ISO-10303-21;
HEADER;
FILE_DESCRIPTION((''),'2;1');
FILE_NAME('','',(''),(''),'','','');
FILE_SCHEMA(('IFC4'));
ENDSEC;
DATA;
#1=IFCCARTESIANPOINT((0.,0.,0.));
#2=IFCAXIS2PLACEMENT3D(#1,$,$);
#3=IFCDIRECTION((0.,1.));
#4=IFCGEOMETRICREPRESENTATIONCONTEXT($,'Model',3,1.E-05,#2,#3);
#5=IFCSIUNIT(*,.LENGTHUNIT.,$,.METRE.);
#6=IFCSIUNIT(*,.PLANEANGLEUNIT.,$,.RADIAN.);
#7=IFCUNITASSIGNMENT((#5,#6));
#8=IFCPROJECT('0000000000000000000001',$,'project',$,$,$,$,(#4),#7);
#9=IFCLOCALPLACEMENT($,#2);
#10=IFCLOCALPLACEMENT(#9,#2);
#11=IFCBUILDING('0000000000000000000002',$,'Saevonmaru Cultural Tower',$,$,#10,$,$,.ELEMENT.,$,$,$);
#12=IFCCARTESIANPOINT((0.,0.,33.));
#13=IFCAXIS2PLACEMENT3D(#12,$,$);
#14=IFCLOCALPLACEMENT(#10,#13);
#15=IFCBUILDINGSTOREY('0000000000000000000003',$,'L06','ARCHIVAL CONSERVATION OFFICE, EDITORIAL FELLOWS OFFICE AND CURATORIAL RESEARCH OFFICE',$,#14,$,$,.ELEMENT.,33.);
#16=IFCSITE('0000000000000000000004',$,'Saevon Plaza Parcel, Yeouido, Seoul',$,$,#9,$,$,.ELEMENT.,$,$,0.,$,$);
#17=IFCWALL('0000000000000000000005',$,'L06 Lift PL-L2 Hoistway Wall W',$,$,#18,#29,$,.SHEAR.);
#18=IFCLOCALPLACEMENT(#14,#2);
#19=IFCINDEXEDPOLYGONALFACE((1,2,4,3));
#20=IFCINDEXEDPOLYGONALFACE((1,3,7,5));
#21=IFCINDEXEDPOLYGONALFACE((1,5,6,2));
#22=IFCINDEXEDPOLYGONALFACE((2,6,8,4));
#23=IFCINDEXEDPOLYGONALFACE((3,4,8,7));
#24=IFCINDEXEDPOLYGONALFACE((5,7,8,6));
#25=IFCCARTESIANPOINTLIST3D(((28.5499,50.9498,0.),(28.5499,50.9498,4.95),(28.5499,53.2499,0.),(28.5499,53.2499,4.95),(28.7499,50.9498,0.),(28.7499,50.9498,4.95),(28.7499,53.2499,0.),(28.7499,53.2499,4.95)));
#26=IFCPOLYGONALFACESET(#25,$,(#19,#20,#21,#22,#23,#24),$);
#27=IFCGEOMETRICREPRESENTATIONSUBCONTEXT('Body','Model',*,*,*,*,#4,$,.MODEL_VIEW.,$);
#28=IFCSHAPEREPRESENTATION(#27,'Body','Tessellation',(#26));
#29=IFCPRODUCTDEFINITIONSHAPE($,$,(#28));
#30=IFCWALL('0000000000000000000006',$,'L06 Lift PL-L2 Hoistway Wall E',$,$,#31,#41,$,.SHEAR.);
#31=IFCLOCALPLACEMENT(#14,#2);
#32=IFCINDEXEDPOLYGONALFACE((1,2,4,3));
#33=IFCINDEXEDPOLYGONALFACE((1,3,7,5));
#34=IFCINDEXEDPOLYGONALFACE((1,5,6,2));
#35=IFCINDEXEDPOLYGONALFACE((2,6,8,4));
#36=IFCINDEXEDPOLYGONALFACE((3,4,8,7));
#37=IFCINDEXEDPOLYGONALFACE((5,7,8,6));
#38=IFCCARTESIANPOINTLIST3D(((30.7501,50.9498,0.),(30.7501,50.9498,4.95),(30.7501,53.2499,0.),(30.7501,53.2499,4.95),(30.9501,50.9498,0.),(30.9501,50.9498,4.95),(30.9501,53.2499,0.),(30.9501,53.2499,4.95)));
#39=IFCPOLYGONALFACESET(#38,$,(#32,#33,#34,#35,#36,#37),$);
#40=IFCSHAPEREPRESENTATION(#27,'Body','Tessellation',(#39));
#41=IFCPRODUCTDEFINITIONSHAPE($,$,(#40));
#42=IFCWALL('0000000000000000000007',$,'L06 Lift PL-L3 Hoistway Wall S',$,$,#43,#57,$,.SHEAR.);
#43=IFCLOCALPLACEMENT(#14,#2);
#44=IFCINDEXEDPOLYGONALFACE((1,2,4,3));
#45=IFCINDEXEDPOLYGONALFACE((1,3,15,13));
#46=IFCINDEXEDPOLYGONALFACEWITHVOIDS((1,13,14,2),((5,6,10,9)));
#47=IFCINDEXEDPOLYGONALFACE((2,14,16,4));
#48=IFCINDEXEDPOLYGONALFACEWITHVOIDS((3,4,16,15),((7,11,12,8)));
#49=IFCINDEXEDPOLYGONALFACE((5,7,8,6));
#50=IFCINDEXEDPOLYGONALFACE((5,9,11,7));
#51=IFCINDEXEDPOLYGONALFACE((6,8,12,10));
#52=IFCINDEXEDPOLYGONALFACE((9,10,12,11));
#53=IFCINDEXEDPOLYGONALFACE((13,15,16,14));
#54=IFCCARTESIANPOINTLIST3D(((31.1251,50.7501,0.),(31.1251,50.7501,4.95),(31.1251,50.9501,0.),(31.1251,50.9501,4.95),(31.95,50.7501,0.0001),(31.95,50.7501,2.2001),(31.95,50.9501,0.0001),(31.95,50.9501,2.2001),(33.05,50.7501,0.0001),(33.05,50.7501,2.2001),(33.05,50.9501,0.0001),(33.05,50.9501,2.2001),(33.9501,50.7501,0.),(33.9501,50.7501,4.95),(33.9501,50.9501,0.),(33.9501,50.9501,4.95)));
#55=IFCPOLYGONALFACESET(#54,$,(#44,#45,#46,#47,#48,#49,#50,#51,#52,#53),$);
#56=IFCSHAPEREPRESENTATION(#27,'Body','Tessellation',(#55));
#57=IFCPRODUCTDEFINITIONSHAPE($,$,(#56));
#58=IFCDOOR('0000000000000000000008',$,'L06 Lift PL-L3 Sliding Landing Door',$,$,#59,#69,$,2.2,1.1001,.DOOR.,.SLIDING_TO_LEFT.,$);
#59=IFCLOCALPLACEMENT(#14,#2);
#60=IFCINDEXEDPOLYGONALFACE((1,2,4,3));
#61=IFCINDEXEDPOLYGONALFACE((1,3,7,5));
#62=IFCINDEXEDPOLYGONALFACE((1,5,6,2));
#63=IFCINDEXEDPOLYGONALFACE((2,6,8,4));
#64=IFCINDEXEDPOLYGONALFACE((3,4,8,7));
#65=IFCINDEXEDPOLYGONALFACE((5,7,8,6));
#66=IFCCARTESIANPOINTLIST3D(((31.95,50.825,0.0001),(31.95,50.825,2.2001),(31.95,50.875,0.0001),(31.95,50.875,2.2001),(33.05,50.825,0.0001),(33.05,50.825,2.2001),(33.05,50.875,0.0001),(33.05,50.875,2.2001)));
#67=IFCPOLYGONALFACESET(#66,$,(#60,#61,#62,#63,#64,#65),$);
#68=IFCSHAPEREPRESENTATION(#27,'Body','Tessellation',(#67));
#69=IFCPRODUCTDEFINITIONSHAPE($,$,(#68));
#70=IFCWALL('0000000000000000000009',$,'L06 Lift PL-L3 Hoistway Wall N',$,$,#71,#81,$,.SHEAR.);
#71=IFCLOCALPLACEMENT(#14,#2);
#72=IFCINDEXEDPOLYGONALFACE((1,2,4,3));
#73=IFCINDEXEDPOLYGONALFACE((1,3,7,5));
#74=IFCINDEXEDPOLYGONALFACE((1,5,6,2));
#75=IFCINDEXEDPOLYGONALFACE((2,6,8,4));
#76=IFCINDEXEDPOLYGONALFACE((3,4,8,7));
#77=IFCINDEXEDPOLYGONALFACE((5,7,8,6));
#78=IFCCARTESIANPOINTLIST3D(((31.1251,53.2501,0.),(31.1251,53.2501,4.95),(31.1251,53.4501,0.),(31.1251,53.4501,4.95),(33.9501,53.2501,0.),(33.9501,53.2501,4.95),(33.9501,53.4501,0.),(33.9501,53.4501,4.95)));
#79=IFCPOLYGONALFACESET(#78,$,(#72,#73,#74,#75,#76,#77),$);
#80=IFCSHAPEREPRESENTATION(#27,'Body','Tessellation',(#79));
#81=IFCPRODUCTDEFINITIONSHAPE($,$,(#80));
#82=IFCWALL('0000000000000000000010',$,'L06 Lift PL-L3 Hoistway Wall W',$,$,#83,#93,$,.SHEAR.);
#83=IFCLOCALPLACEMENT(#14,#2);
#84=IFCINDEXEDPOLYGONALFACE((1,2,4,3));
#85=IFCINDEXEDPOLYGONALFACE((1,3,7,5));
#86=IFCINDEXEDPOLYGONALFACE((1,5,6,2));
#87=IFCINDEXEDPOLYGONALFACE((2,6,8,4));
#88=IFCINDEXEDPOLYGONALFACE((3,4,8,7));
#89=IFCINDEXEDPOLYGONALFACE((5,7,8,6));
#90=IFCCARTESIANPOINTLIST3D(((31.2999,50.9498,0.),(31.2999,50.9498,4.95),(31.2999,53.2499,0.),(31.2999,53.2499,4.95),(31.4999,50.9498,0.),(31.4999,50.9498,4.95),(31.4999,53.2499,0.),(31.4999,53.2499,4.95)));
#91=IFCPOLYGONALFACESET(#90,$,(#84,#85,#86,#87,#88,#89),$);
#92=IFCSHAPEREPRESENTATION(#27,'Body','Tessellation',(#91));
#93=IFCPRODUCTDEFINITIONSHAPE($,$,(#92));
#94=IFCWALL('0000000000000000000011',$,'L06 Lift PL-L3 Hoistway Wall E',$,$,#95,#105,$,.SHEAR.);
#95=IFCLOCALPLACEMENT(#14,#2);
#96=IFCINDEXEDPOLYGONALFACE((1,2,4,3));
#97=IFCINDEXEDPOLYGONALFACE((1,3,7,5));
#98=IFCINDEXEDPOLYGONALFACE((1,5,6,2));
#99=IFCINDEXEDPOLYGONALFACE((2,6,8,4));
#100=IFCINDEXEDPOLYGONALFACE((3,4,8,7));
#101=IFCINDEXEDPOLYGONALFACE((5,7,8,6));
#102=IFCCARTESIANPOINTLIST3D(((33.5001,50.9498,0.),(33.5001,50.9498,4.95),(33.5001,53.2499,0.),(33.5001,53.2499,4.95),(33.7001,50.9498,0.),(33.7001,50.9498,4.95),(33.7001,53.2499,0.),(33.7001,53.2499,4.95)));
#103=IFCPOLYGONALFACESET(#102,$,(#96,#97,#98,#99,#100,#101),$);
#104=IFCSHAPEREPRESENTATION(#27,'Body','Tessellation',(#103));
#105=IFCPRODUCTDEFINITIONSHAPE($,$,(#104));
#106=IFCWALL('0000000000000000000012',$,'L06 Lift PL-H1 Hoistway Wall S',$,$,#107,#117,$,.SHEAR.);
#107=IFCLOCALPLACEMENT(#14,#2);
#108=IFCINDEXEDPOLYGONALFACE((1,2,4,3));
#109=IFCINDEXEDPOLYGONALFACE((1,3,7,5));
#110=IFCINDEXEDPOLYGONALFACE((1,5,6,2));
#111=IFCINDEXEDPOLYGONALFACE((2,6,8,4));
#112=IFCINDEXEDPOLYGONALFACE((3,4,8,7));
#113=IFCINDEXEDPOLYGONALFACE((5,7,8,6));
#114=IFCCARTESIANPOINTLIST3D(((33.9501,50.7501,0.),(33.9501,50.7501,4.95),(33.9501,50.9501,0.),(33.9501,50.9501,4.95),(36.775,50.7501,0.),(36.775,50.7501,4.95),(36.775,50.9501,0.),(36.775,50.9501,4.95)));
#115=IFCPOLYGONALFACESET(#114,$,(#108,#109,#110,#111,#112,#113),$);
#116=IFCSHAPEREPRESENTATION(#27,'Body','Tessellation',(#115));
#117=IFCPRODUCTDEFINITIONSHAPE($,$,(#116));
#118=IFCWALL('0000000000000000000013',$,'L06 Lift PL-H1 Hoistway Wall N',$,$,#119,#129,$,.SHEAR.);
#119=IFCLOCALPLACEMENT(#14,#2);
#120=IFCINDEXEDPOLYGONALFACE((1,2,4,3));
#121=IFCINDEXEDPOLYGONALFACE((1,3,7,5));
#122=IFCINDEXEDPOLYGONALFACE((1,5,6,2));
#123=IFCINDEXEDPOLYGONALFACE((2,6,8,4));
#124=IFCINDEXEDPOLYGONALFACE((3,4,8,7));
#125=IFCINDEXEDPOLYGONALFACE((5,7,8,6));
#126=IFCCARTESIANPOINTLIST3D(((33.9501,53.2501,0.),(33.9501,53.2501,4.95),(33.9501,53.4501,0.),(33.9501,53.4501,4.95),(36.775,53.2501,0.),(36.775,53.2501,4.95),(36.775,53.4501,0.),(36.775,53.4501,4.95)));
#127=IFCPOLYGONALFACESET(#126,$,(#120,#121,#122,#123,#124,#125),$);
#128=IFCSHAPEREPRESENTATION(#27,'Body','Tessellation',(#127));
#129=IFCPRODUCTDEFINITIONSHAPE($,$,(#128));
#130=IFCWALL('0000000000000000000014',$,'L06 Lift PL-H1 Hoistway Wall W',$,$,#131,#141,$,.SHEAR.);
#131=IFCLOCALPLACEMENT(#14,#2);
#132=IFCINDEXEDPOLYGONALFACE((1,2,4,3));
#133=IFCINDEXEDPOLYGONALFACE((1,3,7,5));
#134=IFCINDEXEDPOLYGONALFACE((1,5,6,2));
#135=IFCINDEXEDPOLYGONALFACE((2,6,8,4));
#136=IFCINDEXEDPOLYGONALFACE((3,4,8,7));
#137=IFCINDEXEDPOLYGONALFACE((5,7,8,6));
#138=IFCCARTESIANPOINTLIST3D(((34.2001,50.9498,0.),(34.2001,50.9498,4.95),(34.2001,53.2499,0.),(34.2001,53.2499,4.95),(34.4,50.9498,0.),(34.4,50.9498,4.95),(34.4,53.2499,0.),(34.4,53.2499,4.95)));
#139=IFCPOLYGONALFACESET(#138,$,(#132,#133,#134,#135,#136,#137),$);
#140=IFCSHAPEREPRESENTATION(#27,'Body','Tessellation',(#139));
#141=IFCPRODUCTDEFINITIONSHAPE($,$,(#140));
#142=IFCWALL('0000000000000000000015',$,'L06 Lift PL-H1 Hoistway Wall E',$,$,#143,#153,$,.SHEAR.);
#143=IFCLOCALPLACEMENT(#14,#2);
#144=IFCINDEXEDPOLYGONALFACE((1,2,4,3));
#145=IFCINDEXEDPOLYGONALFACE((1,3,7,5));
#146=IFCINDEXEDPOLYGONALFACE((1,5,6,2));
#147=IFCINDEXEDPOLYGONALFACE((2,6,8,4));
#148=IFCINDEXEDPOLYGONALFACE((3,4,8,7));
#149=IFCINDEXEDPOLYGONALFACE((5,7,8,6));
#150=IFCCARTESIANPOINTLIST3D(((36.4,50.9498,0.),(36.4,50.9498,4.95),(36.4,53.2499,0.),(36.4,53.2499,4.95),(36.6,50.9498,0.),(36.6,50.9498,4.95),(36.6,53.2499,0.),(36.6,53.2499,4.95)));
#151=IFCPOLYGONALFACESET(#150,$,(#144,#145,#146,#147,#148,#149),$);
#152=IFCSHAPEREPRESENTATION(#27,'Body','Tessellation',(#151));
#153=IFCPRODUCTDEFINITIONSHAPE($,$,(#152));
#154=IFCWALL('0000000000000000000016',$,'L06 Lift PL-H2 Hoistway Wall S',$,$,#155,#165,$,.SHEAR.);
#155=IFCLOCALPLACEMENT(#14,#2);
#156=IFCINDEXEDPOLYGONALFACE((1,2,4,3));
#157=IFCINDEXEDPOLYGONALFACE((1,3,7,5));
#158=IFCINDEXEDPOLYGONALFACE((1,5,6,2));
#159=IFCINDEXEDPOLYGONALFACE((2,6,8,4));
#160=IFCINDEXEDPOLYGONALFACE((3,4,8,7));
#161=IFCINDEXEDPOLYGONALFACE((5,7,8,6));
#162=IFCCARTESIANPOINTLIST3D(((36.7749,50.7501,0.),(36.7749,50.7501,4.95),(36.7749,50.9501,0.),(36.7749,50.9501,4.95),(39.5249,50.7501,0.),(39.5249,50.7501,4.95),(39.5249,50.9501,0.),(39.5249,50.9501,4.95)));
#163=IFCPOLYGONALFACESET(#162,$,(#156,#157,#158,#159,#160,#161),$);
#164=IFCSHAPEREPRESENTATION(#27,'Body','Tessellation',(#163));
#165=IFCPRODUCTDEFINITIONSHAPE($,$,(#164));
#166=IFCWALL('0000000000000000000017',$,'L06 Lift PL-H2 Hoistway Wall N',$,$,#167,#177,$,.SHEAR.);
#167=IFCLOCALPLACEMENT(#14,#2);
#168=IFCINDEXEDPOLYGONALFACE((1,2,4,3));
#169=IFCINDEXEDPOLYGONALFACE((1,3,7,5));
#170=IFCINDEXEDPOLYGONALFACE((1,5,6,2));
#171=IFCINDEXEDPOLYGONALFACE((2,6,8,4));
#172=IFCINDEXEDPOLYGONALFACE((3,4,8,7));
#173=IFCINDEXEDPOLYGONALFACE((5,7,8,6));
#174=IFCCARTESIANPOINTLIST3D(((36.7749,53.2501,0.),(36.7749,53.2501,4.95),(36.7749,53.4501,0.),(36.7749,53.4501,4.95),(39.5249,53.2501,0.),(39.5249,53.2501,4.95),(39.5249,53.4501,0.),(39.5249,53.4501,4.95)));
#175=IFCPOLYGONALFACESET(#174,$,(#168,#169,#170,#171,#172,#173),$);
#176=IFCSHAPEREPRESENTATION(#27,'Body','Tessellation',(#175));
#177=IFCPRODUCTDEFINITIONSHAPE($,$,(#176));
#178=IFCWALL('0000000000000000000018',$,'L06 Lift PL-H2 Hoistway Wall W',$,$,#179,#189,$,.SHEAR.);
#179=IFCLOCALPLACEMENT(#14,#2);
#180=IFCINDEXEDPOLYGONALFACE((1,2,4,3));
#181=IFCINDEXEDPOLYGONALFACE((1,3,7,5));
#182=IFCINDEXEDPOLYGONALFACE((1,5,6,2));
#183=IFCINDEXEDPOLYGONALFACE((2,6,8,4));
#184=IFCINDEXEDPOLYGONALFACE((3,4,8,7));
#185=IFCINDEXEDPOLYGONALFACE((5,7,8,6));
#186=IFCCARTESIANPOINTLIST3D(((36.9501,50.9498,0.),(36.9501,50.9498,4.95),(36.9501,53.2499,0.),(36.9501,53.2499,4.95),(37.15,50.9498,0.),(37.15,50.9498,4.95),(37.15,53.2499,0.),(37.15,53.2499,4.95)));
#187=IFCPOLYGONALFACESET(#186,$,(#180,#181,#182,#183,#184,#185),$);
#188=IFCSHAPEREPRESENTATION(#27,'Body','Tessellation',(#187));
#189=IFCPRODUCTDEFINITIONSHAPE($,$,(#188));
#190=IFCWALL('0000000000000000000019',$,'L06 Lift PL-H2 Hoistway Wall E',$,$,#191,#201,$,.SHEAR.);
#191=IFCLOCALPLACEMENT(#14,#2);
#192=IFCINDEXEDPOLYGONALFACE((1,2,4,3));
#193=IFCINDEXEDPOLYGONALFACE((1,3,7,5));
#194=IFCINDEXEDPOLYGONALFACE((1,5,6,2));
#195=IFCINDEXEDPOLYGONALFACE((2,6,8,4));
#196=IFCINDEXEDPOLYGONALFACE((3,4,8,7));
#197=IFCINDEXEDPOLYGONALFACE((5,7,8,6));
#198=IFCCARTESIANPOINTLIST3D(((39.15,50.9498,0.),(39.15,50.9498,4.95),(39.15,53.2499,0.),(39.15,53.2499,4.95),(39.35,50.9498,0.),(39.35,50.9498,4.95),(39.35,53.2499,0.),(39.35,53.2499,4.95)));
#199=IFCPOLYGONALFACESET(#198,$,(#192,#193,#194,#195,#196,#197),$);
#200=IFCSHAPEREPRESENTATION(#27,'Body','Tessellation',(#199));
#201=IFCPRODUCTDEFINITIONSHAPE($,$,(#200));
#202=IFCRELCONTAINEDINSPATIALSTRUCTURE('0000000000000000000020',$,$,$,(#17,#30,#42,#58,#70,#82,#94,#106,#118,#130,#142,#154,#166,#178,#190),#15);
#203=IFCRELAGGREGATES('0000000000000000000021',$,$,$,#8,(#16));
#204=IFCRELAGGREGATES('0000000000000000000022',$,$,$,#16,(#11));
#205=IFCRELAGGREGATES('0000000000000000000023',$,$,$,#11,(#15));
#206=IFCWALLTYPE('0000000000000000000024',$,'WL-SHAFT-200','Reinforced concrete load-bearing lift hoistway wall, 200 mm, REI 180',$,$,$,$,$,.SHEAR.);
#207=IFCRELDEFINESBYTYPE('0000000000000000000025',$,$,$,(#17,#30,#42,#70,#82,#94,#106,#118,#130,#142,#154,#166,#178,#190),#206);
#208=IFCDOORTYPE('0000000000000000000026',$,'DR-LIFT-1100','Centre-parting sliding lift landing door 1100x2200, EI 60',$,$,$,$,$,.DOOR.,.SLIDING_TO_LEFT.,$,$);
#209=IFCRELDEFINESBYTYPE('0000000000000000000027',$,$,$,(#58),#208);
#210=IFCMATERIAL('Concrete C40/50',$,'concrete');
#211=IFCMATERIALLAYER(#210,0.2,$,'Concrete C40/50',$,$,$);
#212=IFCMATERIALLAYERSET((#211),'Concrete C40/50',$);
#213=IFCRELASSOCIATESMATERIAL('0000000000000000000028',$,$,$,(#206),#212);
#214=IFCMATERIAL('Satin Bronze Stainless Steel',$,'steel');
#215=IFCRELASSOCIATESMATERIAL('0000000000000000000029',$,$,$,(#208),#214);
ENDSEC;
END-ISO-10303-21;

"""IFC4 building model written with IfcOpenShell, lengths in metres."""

from ifc_helpers import new_model, si_unit, direction, frame, frame_2d, origin, place, context, subcontext, project, spatial, rectangle, extrude, material, layer, layer_set, type_object, element, fill, save


model = new_model("IFC4")

# Units and contexts
model_context = context("Model", 3, precision=1e-05, world=origin(), true_north=direction((0.0, 1.0)))
body_context = subcontext(model_context, "Body", "Model", "MODEL_VIEW")
ifc_project = project(units=[si_unit("LENGTHUNIT", "METRE"), si_unit("PLANEANGLEUNIT", "RADIAN")], contexts=[model_context])

# Site, building, storey
site_placement = place(None, origin())
site = spatial("IfcSite", under=ifc_project, at=site_placement, Name="Saevon Plaza Parcel, Yeouido, Seoul", CompositionType="ELEMENT", RefElevation=0.0)
building_placement = place(site_placement, origin())
building = spatial("IfcBuilding", under=site, at=building_placement, Name="Saevonmaru Cultural Tower", CompositionType="ELEMENT")
storey_placement = place(building_placement, frame((0.0, 0.0, 33.0)))
storey = spatial("IfcBuildingStorey", under=building, at=storey_placement, Name="L06", Description="ARCHIVAL CONSERVATION OFFICE, EDITORIAL FELLOWS OFFICE AND CURATORIAL RESEARCH OFFICE", CompositionType="ELEMENT", Elevation=33.0)

# Walls
ifc_material_1 = material(Name="Concrete C40/50", Category="concrete")
ifc_layer_1 = layer(ifc_material_1, 0.2, Name="Concrete C40/50")
ifc_layer_set_1 = layer_set([ifc_layer_1], Name="Concrete C40/50")
wall_type = type_object("IfcWallType", Name="WL-SHAFT-200", Description="Reinforced concrete load-bearing lift hoistway wall, 200 mm, REI 180", PredefinedType="SHEAR", material=ifc_layer_set_1)
for number, where, z_axis, x_axis, name in (
    (1, (28.6499, 50.95, 0.0), (0.0, 0.0, 1.0), (0.0, 1.0, 0.0), "L06 Lift PL-L2 Hoistway Wall W"),
    (2, (30.8501, 50.95, 0.0), (0.0, 0.0, 1.0), (0.0, 1.0, 0.0), "L06 Lift PL-L2 Hoistway Wall E"),
):
    element("IfcWall", number, at=place(storey_placement, frame(where, z_axis=z_axis, x_axis=x_axis)), inside=storey, type_object=wall_type, Name=name, PredefinedType="SHEAR", context=body_context, shape_type="SweptSolid", body=[
        extrude(rectangle(XDim=2.3, YDim=0.2, at=frame_2d((1.1499, 0.0))), origin(), (0.0, 0.0, 1.0), 4.95),
    ])

# Wall, opening, door
wall_1_placement = place(storey_placement, frame((31.125, 50.8501, 0.0), z_axis=(0.0, 0.0, 1.0), x_axis=(1.0, 0.0, 0.0)))
wall_1 = element("IfcWall", 3, at=wall_1_placement, inside=storey, type_object=wall_type, Name="L06 Lift PL-L3 Hoistway Wall S", PredefinedType="SHEAR", context=body_context, shape_type="SweptSolid", body=[
    extrude(rectangle(XDim=2.825, YDim=0.2, at=frame_2d((1.4126, 0.0))), origin(), (0.0, 0.0, 1.0), 4.95),
])
opening_placement = place(wall_1_placement, frame((0.825, 0.0, 0.0)))
opening = element("IfcOpeningElement", 4, at=opening_placement, cuts=wall_1, PredefinedType="OPENING", context=body_context, shape_type="SweptSolid", body=[
    extrude(rectangle(XDim=1.1001, YDim=2.2, at=frame_2d((0.55, 1.1001))), frame((0.0, 0.1099, 0.0), z_axis=(0.0, -1.0, 0.0), x_axis=(1.0, 0.0, 0.0)), (0.0, 0.0, 1.0), 0.22),
])
ifc_material_2 = material(Name="Satin Bronze Stainless Steel", Category="steel")
door_type = type_object("IfcDoorType", Name="DR-LIFT-1100", Description="Centre-parting sliding lift landing door 1100x2200, EI 60", OperationType="SLIDING_TO_LEFT", PredefinedType="DOOR", material=ifc_material_2)
door_placement = place(opening_placement, origin())
door = element("IfcDoor", 5, at=door_placement, inside=storey, type_object=door_type, Name="L06 Lift PL-L3 Sliding Landing Door", OperationType="SLIDING_TO_LEFT", OverallHeight=2.2, OverallWidth=1.1001, PredefinedType="DOOR", context=body_context, shape_type="SweptSolid", body=[
    extrude(rectangle(XDim=1.1001, YDim=2.2, at=frame_2d((0.55, 1.1001))), frame((0.0, 0.0249, 0.0), z_axis=(0.0, -1.0, 0.0), x_axis=(1.0, 0.0, 0.0)), (0.0, 0.0, 1.0), 0.05),
])
fill(opening, door)

# Walls
wall_2_placement = place(storey_placement, frame((31.125, 53.3501, 0.0), z_axis=(0.0, 0.0, 1.0), x_axis=(1.0, 0.0, 0.0)))
element("IfcWall", 6, at=wall_2_placement, inside=storey, type_object=wall_type, Name="L06 Lift PL-L3 Hoistway Wall N", PredefinedType="SHEAR", context=body_context, shape_type="SweptSolid", body=[
    extrude(rectangle(XDim=2.825, YDim=0.2, at=frame_2d((1.4126, 0.0))), origin(), (0.0, 0.0, 1.0), 4.95),
])
for number, where, z_axis, x_axis, name in (
    (7, (31.3999, 50.95, 0.0), (0.0, 0.0, 1.0), (0.0, 1.0, 0.0), "L06 Lift PL-L3 Hoistway Wall W"),
    (8, (33.6001, 50.95, 0.0), (0.0, 0.0, 1.0), (0.0, 1.0, 0.0), "L06 Lift PL-L3 Hoistway Wall E"),
):
    element("IfcWall", number, at=place(storey_placement, frame(where, z_axis=z_axis, x_axis=x_axis)), inside=storey, type_object=wall_type, Name=name, PredefinedType="SHEAR", context=body_context, shape_type="SweptSolid", body=[
        extrude(rectangle(XDim=2.3, YDim=0.2, at=frame_2d((1.1499, 0.0))), origin(), (0.0, 0.0, 1.0), 4.95),
    ])
for number, where, z_axis, x_axis, name in (
    (9, (33.95, 50.8501, 0.0), (0.0, 0.0, 1.0), (1.0, 0.0, 0.0), "L06 Lift PL-H1 Hoistway Wall S"),
    (10, (33.95, 53.3501, 0.0), (0.0, 0.0, 1.0), (1.0, 0.0, 0.0), "L06 Lift PL-H1 Hoistway Wall N"),
):
    element("IfcWall", number, at=place(storey_placement, frame(where, z_axis=z_axis, x_axis=x_axis)), inside=storey, type_object=wall_type, Name=name, PredefinedType="SHEAR", context=body_context, shape_type="SweptSolid", body=[
        extrude(rectangle(XDim=2.825, YDim=0.2, at=frame_2d((1.4126, 0.0))), origin(), (0.0, 0.0, 1.0), 4.95),
    ])
for number, where, z_axis, x_axis, name in (
    (11, (34.3, 50.95, 0.0), (0.0, 0.0, 1.0), (0.0, 1.0, 0.0), "L06 Lift PL-H1 Hoistway Wall W"),
    (12, (36.5, 50.95, 0.0), (0.0, 0.0, 1.0), (0.0, 1.0, 0.0), "L06 Lift PL-H1 Hoistway Wall E"),
):
    element("IfcWall", number, at=place(storey_placement, frame(where, z_axis=z_axis, x_axis=x_axis)), inside=storey, type_object=wall_type, Name=name, PredefinedType="SHEAR", context=body_context, shape_type="SweptSolid", body=[
        extrude(rectangle(XDim=2.3, YDim=0.2, at=frame_2d((1.1499, 0.0))), origin(), (0.0, 0.0, 1.0), 4.95),
    ])
for number, where, z_axis, x_axis, name in (
    (13, (36.7749, 50.8501, 0.0), (0.0, 0.0, 1.0), (1.0, 0.0, 0.0), "L06 Lift PL-H2 Hoistway Wall S"),
    (14, (36.7749, 53.3501, 0.0), (0.0, 0.0, 1.0), (1.0, 0.0, 0.0), "L06 Lift PL-H2 Hoistway Wall N"),
):
    element("IfcWall", number, at=place(storey_placement, frame(where, z_axis=z_axis, x_axis=x_axis)), inside=storey, type_object=wall_type, Name=name, PredefinedType="SHEAR", context=body_context, shape_type="SweptSolid", body=[
        extrude(rectangle(XDim=2.75, YDim=0.2, at=frame_2d((1.375, 0.0))), origin(), (0.0, 0.0, 1.0), 4.95),
    ])
for number, where, z_axis, x_axis, name in (
    (15, (37.05, 50.95, 0.0), (0.0, 0.0, 1.0), (0.0, 1.0, 0.0), "L06 Lift PL-H2 Hoistway Wall W"),
    (16, (39.25, 50.95, 0.0), (0.0, 0.0, 1.0), (0.0, 1.0, 0.0), "L06 Lift PL-H2 Hoistway Wall E"),
):
    element("IfcWall", number, at=place(storey_placement, frame(where, z_axis=z_axis, x_axis=x_axis)), inside=storey, type_object=wall_type, Name=name, PredefinedType="SHEAR", context=body_context, shape_type="SweptSolid", body=[
        extrude(rectangle(XDim=2.3, YDim=0.2, at=frame_2d((1.1499, 0.0))), origin(), (0.0, 0.0, 1.0), 4.95),
    ])

save(model, "model.ifc")
